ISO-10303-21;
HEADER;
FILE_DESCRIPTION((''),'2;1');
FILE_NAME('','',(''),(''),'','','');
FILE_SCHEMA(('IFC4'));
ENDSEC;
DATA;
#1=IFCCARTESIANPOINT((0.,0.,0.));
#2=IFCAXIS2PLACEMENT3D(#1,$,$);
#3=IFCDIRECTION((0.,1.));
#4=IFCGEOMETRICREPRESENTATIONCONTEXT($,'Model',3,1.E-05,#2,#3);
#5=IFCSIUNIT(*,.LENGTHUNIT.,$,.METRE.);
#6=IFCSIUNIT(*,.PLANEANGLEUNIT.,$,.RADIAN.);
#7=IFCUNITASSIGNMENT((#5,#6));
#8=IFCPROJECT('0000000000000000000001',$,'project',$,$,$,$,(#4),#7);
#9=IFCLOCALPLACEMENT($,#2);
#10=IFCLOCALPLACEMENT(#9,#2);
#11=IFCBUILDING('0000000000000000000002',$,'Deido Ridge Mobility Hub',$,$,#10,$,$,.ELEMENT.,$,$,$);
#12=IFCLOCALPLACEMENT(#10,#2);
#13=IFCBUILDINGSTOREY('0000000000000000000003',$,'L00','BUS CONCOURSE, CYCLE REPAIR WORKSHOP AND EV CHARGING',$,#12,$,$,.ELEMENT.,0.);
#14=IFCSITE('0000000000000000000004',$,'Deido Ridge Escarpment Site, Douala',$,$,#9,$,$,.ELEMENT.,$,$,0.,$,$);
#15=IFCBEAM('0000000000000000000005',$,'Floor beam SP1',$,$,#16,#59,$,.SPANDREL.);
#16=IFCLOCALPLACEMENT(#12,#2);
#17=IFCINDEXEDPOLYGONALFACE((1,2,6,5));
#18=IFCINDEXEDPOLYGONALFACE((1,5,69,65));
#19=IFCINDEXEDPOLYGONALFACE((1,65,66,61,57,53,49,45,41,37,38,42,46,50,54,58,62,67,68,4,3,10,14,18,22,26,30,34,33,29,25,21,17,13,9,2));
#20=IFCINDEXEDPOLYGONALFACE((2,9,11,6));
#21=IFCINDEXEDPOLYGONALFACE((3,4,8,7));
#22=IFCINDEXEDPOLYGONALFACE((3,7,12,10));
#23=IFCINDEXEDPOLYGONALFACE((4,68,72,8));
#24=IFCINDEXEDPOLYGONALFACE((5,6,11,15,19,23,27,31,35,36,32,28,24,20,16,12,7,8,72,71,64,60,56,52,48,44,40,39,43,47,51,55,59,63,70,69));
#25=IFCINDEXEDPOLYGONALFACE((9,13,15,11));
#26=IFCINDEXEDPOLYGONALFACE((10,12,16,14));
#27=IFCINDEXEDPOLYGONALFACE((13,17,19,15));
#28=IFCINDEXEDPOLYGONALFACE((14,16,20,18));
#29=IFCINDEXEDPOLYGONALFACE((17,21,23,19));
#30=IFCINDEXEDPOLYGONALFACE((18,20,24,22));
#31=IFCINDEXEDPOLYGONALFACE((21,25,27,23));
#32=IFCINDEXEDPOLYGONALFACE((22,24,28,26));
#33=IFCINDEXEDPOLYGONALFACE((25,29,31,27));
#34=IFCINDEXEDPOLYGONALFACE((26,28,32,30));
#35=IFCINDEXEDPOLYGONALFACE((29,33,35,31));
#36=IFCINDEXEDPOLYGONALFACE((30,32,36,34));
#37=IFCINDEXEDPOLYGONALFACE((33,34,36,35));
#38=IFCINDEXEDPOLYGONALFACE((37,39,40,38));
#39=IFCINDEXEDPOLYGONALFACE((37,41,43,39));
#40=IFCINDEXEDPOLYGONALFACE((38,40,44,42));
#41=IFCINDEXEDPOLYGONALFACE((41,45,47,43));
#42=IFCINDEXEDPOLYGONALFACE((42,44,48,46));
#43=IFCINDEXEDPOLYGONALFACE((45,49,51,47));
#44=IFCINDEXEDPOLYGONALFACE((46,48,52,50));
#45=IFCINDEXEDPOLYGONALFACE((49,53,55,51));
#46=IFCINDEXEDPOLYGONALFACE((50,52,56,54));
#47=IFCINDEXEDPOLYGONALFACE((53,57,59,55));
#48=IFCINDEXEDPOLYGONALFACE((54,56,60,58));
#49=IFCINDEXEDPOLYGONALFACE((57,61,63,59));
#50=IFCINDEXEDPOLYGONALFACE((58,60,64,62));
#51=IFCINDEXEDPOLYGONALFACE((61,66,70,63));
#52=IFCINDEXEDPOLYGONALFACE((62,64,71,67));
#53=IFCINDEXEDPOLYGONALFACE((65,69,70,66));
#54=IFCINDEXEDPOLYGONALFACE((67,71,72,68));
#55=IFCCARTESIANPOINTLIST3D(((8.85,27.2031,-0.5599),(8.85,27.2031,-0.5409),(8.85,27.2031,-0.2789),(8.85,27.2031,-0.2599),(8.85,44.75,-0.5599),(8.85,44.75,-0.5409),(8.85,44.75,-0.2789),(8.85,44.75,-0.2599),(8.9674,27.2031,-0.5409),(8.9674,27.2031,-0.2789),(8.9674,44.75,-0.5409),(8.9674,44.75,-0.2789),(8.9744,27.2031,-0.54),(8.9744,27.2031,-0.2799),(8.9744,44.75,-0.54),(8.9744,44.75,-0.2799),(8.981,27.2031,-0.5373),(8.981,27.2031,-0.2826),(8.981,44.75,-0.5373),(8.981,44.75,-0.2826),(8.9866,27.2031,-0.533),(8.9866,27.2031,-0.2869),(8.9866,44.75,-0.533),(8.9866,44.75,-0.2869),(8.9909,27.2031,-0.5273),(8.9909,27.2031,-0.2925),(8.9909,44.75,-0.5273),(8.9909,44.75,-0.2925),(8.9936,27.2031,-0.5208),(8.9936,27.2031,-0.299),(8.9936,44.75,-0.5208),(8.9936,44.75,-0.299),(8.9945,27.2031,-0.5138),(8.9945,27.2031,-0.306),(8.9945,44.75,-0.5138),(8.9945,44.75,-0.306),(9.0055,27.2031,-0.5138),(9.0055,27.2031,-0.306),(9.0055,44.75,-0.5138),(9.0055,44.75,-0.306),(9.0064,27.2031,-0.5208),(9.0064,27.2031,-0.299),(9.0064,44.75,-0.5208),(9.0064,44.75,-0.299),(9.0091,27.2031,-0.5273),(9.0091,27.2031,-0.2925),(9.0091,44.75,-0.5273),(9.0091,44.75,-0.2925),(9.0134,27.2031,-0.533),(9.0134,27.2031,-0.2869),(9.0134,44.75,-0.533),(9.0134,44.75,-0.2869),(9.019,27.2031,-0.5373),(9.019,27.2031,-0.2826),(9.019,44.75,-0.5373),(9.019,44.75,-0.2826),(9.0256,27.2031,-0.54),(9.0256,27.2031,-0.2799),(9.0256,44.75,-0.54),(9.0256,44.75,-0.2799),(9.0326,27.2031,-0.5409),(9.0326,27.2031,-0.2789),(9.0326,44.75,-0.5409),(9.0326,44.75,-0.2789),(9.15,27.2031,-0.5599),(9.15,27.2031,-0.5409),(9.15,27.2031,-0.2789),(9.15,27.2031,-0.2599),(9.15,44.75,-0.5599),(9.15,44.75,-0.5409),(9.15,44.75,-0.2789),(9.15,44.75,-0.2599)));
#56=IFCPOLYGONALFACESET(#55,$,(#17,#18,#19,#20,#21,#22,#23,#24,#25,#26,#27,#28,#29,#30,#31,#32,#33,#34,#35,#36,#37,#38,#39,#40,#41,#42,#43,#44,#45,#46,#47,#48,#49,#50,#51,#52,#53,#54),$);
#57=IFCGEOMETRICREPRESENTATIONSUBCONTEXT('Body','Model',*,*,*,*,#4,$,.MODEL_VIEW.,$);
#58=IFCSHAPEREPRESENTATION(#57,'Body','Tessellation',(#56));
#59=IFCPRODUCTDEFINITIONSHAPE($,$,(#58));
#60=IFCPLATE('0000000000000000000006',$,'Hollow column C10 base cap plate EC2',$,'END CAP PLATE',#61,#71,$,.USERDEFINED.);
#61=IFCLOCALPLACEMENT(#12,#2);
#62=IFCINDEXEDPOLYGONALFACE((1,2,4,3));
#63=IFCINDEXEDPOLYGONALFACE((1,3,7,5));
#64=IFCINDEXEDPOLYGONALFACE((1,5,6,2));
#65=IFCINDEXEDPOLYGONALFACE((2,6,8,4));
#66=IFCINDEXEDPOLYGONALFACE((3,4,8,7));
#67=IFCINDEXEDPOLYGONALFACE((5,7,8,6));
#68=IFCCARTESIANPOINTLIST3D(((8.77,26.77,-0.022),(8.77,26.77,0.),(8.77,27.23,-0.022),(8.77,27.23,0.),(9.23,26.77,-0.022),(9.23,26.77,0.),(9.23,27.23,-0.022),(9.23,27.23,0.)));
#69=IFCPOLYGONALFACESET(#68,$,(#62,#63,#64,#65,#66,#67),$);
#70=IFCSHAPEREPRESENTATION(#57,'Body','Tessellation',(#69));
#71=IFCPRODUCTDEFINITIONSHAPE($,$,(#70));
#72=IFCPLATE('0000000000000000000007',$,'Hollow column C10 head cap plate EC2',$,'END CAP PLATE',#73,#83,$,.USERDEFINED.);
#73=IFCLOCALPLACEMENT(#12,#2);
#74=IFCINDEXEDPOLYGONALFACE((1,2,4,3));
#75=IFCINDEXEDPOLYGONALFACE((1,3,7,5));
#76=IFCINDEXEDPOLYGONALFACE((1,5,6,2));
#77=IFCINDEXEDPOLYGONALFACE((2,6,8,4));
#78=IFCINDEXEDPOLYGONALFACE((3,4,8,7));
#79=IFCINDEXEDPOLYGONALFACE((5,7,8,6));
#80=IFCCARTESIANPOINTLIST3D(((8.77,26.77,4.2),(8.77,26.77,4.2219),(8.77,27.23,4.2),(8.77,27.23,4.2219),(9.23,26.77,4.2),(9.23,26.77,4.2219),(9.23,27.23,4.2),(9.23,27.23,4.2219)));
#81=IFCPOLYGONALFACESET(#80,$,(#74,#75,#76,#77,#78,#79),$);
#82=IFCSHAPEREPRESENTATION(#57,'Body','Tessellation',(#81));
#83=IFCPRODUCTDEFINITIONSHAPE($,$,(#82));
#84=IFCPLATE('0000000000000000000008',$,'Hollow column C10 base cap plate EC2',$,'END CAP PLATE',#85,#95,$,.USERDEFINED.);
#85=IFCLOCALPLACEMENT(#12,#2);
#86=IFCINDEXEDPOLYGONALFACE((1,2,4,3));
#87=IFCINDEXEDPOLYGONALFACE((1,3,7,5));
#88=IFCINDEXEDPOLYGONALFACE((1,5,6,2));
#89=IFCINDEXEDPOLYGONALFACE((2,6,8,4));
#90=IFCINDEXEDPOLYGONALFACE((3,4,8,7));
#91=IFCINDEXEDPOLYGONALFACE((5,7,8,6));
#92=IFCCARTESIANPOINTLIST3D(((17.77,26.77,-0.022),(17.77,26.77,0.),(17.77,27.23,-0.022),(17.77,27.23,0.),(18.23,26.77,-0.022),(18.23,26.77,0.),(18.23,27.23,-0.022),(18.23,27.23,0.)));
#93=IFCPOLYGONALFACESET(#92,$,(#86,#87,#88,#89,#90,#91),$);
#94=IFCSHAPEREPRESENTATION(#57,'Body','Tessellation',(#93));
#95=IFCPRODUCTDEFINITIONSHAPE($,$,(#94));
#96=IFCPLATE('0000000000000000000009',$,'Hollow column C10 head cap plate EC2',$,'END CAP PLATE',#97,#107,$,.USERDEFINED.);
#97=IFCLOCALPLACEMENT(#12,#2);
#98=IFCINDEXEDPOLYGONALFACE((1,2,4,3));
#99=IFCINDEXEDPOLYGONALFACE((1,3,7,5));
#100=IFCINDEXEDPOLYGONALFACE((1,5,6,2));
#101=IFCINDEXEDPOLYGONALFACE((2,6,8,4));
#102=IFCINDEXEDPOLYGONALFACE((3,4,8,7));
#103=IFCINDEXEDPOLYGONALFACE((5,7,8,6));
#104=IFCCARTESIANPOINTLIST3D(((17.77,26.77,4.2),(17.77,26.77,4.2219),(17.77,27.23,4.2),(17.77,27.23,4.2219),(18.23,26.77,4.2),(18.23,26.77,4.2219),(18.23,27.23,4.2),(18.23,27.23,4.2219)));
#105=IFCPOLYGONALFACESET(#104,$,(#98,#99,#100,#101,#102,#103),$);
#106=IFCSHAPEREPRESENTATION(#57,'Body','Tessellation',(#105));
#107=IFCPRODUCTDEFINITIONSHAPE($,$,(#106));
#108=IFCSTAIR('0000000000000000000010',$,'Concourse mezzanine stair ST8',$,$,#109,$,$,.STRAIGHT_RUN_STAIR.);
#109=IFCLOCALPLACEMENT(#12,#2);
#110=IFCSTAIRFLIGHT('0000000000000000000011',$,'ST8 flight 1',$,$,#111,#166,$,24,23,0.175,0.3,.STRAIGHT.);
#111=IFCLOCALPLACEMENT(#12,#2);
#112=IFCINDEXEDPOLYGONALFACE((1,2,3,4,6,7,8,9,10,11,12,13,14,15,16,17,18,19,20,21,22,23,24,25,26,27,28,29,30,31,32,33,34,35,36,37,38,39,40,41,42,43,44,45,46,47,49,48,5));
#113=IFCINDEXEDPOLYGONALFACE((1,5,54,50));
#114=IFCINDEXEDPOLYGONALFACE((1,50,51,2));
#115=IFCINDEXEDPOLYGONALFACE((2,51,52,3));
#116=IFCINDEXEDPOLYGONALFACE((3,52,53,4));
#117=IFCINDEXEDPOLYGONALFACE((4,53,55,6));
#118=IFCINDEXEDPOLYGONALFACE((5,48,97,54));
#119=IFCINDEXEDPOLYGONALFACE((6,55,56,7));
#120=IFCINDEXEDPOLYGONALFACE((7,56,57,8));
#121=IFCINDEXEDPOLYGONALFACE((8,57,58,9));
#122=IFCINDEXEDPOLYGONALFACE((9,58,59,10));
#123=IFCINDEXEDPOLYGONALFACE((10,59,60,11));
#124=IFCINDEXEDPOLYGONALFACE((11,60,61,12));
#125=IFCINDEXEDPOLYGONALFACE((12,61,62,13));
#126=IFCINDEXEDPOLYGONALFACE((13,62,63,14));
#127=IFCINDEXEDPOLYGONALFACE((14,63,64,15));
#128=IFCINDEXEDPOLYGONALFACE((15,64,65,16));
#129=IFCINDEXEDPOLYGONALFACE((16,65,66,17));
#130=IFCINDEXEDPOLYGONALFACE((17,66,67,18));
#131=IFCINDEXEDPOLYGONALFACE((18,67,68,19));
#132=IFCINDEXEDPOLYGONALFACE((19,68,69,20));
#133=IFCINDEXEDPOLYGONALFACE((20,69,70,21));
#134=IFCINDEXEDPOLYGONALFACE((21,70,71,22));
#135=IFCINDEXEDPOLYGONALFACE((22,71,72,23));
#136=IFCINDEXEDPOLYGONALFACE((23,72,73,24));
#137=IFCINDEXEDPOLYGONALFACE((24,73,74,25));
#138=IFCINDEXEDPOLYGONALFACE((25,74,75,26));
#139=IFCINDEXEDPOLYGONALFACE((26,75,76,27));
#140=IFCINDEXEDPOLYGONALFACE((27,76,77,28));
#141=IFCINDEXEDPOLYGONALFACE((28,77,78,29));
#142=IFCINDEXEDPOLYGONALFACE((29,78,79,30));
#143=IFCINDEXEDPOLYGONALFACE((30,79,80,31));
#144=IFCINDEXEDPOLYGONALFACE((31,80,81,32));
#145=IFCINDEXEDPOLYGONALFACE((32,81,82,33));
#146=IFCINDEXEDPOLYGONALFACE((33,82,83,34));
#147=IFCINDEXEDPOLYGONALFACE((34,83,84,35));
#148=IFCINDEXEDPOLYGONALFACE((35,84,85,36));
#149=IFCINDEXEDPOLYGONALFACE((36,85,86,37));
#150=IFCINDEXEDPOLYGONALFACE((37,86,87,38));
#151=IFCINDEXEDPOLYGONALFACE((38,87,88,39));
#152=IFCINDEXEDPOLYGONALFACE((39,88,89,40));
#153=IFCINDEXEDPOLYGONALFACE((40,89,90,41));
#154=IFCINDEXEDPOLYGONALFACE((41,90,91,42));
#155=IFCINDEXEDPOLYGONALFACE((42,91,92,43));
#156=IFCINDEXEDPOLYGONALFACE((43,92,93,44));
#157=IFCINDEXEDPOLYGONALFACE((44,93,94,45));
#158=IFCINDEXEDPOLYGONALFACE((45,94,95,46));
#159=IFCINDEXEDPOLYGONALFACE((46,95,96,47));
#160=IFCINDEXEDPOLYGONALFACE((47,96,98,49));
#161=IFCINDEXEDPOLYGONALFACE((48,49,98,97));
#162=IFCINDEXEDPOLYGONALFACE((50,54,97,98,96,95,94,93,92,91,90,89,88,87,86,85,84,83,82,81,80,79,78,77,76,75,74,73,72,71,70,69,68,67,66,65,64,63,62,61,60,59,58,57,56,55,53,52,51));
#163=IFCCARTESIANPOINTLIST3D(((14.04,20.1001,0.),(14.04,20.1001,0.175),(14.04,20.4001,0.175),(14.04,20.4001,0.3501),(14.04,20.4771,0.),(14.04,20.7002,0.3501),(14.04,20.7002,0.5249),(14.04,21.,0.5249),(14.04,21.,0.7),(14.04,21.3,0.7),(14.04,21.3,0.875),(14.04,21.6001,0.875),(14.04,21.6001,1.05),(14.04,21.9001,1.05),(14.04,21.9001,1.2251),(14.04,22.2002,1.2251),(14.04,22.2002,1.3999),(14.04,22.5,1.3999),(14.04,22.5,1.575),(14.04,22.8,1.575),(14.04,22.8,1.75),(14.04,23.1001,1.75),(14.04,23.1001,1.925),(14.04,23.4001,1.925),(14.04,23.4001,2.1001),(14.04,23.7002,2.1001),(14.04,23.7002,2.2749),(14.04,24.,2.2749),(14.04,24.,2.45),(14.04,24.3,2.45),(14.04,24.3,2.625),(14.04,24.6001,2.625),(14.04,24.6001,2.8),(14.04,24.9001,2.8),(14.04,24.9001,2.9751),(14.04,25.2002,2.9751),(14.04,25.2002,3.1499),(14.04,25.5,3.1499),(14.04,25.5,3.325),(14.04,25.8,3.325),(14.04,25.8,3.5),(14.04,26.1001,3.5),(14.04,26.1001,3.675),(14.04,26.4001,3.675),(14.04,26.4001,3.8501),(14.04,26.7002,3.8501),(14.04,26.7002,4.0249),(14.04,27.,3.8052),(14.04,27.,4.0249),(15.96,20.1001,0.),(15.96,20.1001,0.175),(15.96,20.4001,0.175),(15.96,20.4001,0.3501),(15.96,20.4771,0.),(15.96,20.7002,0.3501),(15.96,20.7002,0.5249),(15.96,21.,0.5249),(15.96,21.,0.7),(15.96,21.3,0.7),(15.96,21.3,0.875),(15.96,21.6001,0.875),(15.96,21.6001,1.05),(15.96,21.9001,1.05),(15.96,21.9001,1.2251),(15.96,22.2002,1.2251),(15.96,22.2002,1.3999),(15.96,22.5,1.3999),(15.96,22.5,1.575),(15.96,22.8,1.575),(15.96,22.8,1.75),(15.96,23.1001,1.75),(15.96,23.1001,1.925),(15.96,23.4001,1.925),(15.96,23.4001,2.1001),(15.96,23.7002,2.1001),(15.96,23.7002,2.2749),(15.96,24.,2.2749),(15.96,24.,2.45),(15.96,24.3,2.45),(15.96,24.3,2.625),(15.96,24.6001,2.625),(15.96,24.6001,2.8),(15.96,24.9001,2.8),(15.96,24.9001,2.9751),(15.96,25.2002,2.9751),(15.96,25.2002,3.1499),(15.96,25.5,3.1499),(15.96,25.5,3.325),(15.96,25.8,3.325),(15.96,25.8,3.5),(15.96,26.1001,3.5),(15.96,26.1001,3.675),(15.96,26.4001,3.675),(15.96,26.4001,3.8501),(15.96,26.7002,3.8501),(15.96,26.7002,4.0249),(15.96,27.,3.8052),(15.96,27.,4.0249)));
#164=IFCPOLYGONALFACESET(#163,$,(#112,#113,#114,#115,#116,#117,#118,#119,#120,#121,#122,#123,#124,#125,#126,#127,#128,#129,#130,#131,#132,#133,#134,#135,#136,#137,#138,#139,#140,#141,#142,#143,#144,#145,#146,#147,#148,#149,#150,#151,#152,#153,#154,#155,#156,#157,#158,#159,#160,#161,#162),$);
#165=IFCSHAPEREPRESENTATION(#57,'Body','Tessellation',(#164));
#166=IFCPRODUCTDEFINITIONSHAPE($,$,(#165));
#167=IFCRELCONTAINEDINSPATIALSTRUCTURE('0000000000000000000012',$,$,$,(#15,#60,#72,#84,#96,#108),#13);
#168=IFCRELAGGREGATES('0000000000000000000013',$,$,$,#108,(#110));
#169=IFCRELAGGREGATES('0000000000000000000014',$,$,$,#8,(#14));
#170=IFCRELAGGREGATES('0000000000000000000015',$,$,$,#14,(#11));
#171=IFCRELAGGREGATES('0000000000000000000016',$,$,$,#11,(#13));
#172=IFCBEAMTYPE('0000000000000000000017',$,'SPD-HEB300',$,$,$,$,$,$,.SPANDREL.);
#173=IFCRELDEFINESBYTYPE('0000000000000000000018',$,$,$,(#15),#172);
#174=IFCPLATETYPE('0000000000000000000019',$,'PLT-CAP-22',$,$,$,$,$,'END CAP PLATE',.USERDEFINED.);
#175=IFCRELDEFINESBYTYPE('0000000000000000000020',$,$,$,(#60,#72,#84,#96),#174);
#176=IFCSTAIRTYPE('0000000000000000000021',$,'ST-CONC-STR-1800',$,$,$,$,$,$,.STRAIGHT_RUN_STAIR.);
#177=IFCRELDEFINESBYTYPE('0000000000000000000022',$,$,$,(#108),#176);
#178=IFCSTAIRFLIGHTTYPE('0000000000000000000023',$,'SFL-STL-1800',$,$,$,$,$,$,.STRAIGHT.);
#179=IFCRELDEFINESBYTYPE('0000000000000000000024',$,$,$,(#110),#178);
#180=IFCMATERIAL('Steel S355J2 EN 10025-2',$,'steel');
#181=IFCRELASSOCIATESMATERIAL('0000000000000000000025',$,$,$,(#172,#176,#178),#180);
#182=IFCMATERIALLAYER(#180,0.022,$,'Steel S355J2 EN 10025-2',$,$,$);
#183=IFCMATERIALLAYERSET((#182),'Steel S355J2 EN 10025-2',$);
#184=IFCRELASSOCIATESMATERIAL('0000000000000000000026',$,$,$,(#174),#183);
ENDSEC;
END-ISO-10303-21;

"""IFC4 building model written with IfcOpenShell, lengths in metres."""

from ifc_helpers import new_model, si_unit, direction, frame, origin, origin_2d, place, context, subcontext, project, spatial, polyline, rectangle, i_section, outline, extrude, material, layer, layer_set, material_profile, profile_set, type_object, element, aggregate, save


model = new_model("IFC4")

# Units and contexts
model_context = context("Model", 3, precision=1e-05, world=origin(), true_north=direction((0.0, 1.0)))
body_context = subcontext(model_context, "Body", "Model", "MODEL_VIEW")
ifc_project = project(units=[si_unit("LENGTHUNIT", "METRE"), si_unit("PLANEANGLEUNIT", "RADIAN")], contexts=[model_context])

# Site, building, storey
site_placement = place(None, origin())
site = spatial("IfcSite", under=ifc_project, at=site_placement, Name="Deido Ridge Escarpment Site, Douala", CompositionType="ELEMENT", RefElevation=0.0)
building_placement = place(site_placement, origin())
building = spatial("IfcBuilding", under=site, at=building_placement, Name="Deido Ridge Mobility Hub", CompositionType="ELEMENT")
storey_placement = place(building_placement, origin())
storey = spatial("IfcBuildingStorey", under=building, at=storey_placement, Name="L00", Description="BUS CONCOURSE, CYCLE REPAIR WORKSHOP AND EV CHARGING", CompositionType="ELEMENT", Elevation=0.0)

# Shared definitions
ifc_material_1 = material(Name="Steel S355J2 EN 10025-2", Category="steel")

# Beam
ifc_material_profile_1 = material_profile(ifc_material_1, i_section(OverallWidth=0.3, OverallDepth=0.3, WebThickness=0.011, FlangeThickness=0.019, FilletRadius=0.0271, at=origin_2d()), Name="HEB 300")
ifc_profile_set_1 = profile_set([ifc_material_profile_1], Name="Steel S355J2 EN 10025-2")
beam_type_1 = type_object("IfcBeamType", Name="SPD-HEB300", PredefinedType="SPANDREL", material=ifc_profile_set_1)
beam_1_placement = place(storey_placement, frame((9.0, 27.2031, -0.4099), z_axis=(0.0, 1.0, 0.0), x_axis=(-1.0, 0.0, 0.0)))
element("IfcBeam", 1, at=beam_1_placement, inside=storey, type_object=beam_type_1, Name="Floor beam SP1", PredefinedType="SPANDREL", context=body_context, shape_type="SweptSolid", body=[
    extrude(i_section(OverallWidth=0.3, OverallDepth=0.3, WebThickness=0.011, FlangeThickness=0.019, FilletRadius=0.0271, at=origin_2d()), origin(), (0.0, 0.0, 1.0), 17.5469),
])

# Plates
ifc_layer = layer(ifc_material_1, 0.022, Name="Steel S355J2 EN 10025-2")
ifc_layer_set = layer_set([ifc_layer], Name="Steel S355J2 EN 10025-2")
plate_type = type_object("IfcPlateType", Name="PLT-CAP-22", ElementType="END CAP PLATE", PredefinedType="USERDEFINED", material=ifc_layer_set)
for number, where, z_axis, x_axis, name in (
    (2, (9.0, 27.0, -0.022), (0.0, 0.0, 1.0), (1.0, 0.0, 0.0), "Hollow column C10 base cap plate EC2"),
    (3, (9.0, 27.0, 4.2), (0.0, 0.0, 1.0), (1.0, 0.0, 0.0), "Hollow column C10 head cap plate EC2"),
    (4, (18.0, 27.0, -0.022), (0.0, 0.0, 1.0), (1.0, 0.0, 0.0), "Hollow column C10 base cap plate EC2"),
    (5, (18.0, 27.0, 4.2), (0.0, 0.0, 1.0), (1.0, 0.0, 0.0), "Hollow column C10 head cap plate EC2"),
):
    element("IfcPlate", number, at=place(storey_placement, frame(where, z_axis=z_axis, x_axis=x_axis)), inside=storey, type_object=plate_type, Name=name, ObjectType="END CAP PLATE", PredefinedType="USERDEFINED", context=body_context, shape_type="SweptSolid", body=[
        extrude(rectangle(XDim=0.46, YDim=0.46, at=origin_2d()), origin(), (0.0, 0.0, 1.0), 0.022),
    ])

# Stair, stair flight
stair_type = type_object("IfcStairType", Name="ST-CONC-STR-1800", PredefinedType="STRAIGHT_RUN_STAIR", material=ifc_material_1)
stair_placement = place(storey_placement, origin())
stair = element("IfcStair", 6, at=stair_placement, inside=storey, type_object=stair_type, Name="Concourse mezzanine stair ST8", PredefinedType="STRAIGHT_RUN_STAIR")
stair_flight_type = type_object("IfcStairFlightType", Name="SFL-STL-1800", PredefinedType="STRAIGHT", material=ifc_material_1)
stair_flight_placement = place(storey_placement, frame((15.0, 20.1001, 0.0), z_axis=(0.0, 0.0, 1.0), x_axis=(0.0, 1.0, 0.0)))
stair_flight = element("IfcStairFlight", 7, at=stair_flight_placement, type_object=stair_flight_type, Name="ST8 flight 1", NumberOfRisers=24, NumberOfTreads=23, PredefinedType="STRAIGHT", RiserHeight=0.175, TreadLength=0.3, context=body_context, shape_type="SweptSolid", body=[
    extrude(outline(polyline([(0.0, 0.0), (0.0, 0.175), (0.3, 0.175), (0.3, 0.3501), (0.6001, 0.3501), (0.6001, 0.5249), (0.8999, 0.5249), (0.8999, 0.7), (1.2, 0.7), (1.2, 0.875), (1.5, 0.875), (1.5, 1.05), (1.8, 1.05), (1.8, 1.2251), (2.1001, 1.2251), (2.1001, 1.3999), (2.3999, 1.3999), (2.3999, 1.575), (2.7, 1.575), (2.7, 1.75), (3.0, 1.75), (3.0, 1.925), (3.3, 1.925), (3.3, 2.1001), (3.6001, 2.1001), (3.6001, 2.2749), (3.8999, 2.2749), (3.8999, 2.45), (4.2, 2.45), (4.2, 2.625), (4.5, 2.625), (4.5, 2.8), (4.8, 2.8), (4.8, 2.9751), (5.1001, 2.9751), (5.1001, 3.1499), (5.3999, 3.1499), (5.3999, 3.325), (5.7, 3.325), (5.7, 3.5), (6.0, 3.5), (6.0, 3.675), (6.3, 3.675), (6.3, 3.8501), (6.6001, 3.8501), (6.6001, 4.0249), (6.8999, 4.0249), (6.8999, 4.2), (6.8999, 3.8052), (0.377, 0.0), (0.0, 0.0)])), frame((0.0, 0.96, 0.0), z_axis=(0.0, -1.0, 0.0), x_axis=(1.0, 0.0, 0.0)), (0.0, 0.0, 1.0), 1.9199),
])
aggregate(stair, [stair_flight])

save(model, "model.ifc")
